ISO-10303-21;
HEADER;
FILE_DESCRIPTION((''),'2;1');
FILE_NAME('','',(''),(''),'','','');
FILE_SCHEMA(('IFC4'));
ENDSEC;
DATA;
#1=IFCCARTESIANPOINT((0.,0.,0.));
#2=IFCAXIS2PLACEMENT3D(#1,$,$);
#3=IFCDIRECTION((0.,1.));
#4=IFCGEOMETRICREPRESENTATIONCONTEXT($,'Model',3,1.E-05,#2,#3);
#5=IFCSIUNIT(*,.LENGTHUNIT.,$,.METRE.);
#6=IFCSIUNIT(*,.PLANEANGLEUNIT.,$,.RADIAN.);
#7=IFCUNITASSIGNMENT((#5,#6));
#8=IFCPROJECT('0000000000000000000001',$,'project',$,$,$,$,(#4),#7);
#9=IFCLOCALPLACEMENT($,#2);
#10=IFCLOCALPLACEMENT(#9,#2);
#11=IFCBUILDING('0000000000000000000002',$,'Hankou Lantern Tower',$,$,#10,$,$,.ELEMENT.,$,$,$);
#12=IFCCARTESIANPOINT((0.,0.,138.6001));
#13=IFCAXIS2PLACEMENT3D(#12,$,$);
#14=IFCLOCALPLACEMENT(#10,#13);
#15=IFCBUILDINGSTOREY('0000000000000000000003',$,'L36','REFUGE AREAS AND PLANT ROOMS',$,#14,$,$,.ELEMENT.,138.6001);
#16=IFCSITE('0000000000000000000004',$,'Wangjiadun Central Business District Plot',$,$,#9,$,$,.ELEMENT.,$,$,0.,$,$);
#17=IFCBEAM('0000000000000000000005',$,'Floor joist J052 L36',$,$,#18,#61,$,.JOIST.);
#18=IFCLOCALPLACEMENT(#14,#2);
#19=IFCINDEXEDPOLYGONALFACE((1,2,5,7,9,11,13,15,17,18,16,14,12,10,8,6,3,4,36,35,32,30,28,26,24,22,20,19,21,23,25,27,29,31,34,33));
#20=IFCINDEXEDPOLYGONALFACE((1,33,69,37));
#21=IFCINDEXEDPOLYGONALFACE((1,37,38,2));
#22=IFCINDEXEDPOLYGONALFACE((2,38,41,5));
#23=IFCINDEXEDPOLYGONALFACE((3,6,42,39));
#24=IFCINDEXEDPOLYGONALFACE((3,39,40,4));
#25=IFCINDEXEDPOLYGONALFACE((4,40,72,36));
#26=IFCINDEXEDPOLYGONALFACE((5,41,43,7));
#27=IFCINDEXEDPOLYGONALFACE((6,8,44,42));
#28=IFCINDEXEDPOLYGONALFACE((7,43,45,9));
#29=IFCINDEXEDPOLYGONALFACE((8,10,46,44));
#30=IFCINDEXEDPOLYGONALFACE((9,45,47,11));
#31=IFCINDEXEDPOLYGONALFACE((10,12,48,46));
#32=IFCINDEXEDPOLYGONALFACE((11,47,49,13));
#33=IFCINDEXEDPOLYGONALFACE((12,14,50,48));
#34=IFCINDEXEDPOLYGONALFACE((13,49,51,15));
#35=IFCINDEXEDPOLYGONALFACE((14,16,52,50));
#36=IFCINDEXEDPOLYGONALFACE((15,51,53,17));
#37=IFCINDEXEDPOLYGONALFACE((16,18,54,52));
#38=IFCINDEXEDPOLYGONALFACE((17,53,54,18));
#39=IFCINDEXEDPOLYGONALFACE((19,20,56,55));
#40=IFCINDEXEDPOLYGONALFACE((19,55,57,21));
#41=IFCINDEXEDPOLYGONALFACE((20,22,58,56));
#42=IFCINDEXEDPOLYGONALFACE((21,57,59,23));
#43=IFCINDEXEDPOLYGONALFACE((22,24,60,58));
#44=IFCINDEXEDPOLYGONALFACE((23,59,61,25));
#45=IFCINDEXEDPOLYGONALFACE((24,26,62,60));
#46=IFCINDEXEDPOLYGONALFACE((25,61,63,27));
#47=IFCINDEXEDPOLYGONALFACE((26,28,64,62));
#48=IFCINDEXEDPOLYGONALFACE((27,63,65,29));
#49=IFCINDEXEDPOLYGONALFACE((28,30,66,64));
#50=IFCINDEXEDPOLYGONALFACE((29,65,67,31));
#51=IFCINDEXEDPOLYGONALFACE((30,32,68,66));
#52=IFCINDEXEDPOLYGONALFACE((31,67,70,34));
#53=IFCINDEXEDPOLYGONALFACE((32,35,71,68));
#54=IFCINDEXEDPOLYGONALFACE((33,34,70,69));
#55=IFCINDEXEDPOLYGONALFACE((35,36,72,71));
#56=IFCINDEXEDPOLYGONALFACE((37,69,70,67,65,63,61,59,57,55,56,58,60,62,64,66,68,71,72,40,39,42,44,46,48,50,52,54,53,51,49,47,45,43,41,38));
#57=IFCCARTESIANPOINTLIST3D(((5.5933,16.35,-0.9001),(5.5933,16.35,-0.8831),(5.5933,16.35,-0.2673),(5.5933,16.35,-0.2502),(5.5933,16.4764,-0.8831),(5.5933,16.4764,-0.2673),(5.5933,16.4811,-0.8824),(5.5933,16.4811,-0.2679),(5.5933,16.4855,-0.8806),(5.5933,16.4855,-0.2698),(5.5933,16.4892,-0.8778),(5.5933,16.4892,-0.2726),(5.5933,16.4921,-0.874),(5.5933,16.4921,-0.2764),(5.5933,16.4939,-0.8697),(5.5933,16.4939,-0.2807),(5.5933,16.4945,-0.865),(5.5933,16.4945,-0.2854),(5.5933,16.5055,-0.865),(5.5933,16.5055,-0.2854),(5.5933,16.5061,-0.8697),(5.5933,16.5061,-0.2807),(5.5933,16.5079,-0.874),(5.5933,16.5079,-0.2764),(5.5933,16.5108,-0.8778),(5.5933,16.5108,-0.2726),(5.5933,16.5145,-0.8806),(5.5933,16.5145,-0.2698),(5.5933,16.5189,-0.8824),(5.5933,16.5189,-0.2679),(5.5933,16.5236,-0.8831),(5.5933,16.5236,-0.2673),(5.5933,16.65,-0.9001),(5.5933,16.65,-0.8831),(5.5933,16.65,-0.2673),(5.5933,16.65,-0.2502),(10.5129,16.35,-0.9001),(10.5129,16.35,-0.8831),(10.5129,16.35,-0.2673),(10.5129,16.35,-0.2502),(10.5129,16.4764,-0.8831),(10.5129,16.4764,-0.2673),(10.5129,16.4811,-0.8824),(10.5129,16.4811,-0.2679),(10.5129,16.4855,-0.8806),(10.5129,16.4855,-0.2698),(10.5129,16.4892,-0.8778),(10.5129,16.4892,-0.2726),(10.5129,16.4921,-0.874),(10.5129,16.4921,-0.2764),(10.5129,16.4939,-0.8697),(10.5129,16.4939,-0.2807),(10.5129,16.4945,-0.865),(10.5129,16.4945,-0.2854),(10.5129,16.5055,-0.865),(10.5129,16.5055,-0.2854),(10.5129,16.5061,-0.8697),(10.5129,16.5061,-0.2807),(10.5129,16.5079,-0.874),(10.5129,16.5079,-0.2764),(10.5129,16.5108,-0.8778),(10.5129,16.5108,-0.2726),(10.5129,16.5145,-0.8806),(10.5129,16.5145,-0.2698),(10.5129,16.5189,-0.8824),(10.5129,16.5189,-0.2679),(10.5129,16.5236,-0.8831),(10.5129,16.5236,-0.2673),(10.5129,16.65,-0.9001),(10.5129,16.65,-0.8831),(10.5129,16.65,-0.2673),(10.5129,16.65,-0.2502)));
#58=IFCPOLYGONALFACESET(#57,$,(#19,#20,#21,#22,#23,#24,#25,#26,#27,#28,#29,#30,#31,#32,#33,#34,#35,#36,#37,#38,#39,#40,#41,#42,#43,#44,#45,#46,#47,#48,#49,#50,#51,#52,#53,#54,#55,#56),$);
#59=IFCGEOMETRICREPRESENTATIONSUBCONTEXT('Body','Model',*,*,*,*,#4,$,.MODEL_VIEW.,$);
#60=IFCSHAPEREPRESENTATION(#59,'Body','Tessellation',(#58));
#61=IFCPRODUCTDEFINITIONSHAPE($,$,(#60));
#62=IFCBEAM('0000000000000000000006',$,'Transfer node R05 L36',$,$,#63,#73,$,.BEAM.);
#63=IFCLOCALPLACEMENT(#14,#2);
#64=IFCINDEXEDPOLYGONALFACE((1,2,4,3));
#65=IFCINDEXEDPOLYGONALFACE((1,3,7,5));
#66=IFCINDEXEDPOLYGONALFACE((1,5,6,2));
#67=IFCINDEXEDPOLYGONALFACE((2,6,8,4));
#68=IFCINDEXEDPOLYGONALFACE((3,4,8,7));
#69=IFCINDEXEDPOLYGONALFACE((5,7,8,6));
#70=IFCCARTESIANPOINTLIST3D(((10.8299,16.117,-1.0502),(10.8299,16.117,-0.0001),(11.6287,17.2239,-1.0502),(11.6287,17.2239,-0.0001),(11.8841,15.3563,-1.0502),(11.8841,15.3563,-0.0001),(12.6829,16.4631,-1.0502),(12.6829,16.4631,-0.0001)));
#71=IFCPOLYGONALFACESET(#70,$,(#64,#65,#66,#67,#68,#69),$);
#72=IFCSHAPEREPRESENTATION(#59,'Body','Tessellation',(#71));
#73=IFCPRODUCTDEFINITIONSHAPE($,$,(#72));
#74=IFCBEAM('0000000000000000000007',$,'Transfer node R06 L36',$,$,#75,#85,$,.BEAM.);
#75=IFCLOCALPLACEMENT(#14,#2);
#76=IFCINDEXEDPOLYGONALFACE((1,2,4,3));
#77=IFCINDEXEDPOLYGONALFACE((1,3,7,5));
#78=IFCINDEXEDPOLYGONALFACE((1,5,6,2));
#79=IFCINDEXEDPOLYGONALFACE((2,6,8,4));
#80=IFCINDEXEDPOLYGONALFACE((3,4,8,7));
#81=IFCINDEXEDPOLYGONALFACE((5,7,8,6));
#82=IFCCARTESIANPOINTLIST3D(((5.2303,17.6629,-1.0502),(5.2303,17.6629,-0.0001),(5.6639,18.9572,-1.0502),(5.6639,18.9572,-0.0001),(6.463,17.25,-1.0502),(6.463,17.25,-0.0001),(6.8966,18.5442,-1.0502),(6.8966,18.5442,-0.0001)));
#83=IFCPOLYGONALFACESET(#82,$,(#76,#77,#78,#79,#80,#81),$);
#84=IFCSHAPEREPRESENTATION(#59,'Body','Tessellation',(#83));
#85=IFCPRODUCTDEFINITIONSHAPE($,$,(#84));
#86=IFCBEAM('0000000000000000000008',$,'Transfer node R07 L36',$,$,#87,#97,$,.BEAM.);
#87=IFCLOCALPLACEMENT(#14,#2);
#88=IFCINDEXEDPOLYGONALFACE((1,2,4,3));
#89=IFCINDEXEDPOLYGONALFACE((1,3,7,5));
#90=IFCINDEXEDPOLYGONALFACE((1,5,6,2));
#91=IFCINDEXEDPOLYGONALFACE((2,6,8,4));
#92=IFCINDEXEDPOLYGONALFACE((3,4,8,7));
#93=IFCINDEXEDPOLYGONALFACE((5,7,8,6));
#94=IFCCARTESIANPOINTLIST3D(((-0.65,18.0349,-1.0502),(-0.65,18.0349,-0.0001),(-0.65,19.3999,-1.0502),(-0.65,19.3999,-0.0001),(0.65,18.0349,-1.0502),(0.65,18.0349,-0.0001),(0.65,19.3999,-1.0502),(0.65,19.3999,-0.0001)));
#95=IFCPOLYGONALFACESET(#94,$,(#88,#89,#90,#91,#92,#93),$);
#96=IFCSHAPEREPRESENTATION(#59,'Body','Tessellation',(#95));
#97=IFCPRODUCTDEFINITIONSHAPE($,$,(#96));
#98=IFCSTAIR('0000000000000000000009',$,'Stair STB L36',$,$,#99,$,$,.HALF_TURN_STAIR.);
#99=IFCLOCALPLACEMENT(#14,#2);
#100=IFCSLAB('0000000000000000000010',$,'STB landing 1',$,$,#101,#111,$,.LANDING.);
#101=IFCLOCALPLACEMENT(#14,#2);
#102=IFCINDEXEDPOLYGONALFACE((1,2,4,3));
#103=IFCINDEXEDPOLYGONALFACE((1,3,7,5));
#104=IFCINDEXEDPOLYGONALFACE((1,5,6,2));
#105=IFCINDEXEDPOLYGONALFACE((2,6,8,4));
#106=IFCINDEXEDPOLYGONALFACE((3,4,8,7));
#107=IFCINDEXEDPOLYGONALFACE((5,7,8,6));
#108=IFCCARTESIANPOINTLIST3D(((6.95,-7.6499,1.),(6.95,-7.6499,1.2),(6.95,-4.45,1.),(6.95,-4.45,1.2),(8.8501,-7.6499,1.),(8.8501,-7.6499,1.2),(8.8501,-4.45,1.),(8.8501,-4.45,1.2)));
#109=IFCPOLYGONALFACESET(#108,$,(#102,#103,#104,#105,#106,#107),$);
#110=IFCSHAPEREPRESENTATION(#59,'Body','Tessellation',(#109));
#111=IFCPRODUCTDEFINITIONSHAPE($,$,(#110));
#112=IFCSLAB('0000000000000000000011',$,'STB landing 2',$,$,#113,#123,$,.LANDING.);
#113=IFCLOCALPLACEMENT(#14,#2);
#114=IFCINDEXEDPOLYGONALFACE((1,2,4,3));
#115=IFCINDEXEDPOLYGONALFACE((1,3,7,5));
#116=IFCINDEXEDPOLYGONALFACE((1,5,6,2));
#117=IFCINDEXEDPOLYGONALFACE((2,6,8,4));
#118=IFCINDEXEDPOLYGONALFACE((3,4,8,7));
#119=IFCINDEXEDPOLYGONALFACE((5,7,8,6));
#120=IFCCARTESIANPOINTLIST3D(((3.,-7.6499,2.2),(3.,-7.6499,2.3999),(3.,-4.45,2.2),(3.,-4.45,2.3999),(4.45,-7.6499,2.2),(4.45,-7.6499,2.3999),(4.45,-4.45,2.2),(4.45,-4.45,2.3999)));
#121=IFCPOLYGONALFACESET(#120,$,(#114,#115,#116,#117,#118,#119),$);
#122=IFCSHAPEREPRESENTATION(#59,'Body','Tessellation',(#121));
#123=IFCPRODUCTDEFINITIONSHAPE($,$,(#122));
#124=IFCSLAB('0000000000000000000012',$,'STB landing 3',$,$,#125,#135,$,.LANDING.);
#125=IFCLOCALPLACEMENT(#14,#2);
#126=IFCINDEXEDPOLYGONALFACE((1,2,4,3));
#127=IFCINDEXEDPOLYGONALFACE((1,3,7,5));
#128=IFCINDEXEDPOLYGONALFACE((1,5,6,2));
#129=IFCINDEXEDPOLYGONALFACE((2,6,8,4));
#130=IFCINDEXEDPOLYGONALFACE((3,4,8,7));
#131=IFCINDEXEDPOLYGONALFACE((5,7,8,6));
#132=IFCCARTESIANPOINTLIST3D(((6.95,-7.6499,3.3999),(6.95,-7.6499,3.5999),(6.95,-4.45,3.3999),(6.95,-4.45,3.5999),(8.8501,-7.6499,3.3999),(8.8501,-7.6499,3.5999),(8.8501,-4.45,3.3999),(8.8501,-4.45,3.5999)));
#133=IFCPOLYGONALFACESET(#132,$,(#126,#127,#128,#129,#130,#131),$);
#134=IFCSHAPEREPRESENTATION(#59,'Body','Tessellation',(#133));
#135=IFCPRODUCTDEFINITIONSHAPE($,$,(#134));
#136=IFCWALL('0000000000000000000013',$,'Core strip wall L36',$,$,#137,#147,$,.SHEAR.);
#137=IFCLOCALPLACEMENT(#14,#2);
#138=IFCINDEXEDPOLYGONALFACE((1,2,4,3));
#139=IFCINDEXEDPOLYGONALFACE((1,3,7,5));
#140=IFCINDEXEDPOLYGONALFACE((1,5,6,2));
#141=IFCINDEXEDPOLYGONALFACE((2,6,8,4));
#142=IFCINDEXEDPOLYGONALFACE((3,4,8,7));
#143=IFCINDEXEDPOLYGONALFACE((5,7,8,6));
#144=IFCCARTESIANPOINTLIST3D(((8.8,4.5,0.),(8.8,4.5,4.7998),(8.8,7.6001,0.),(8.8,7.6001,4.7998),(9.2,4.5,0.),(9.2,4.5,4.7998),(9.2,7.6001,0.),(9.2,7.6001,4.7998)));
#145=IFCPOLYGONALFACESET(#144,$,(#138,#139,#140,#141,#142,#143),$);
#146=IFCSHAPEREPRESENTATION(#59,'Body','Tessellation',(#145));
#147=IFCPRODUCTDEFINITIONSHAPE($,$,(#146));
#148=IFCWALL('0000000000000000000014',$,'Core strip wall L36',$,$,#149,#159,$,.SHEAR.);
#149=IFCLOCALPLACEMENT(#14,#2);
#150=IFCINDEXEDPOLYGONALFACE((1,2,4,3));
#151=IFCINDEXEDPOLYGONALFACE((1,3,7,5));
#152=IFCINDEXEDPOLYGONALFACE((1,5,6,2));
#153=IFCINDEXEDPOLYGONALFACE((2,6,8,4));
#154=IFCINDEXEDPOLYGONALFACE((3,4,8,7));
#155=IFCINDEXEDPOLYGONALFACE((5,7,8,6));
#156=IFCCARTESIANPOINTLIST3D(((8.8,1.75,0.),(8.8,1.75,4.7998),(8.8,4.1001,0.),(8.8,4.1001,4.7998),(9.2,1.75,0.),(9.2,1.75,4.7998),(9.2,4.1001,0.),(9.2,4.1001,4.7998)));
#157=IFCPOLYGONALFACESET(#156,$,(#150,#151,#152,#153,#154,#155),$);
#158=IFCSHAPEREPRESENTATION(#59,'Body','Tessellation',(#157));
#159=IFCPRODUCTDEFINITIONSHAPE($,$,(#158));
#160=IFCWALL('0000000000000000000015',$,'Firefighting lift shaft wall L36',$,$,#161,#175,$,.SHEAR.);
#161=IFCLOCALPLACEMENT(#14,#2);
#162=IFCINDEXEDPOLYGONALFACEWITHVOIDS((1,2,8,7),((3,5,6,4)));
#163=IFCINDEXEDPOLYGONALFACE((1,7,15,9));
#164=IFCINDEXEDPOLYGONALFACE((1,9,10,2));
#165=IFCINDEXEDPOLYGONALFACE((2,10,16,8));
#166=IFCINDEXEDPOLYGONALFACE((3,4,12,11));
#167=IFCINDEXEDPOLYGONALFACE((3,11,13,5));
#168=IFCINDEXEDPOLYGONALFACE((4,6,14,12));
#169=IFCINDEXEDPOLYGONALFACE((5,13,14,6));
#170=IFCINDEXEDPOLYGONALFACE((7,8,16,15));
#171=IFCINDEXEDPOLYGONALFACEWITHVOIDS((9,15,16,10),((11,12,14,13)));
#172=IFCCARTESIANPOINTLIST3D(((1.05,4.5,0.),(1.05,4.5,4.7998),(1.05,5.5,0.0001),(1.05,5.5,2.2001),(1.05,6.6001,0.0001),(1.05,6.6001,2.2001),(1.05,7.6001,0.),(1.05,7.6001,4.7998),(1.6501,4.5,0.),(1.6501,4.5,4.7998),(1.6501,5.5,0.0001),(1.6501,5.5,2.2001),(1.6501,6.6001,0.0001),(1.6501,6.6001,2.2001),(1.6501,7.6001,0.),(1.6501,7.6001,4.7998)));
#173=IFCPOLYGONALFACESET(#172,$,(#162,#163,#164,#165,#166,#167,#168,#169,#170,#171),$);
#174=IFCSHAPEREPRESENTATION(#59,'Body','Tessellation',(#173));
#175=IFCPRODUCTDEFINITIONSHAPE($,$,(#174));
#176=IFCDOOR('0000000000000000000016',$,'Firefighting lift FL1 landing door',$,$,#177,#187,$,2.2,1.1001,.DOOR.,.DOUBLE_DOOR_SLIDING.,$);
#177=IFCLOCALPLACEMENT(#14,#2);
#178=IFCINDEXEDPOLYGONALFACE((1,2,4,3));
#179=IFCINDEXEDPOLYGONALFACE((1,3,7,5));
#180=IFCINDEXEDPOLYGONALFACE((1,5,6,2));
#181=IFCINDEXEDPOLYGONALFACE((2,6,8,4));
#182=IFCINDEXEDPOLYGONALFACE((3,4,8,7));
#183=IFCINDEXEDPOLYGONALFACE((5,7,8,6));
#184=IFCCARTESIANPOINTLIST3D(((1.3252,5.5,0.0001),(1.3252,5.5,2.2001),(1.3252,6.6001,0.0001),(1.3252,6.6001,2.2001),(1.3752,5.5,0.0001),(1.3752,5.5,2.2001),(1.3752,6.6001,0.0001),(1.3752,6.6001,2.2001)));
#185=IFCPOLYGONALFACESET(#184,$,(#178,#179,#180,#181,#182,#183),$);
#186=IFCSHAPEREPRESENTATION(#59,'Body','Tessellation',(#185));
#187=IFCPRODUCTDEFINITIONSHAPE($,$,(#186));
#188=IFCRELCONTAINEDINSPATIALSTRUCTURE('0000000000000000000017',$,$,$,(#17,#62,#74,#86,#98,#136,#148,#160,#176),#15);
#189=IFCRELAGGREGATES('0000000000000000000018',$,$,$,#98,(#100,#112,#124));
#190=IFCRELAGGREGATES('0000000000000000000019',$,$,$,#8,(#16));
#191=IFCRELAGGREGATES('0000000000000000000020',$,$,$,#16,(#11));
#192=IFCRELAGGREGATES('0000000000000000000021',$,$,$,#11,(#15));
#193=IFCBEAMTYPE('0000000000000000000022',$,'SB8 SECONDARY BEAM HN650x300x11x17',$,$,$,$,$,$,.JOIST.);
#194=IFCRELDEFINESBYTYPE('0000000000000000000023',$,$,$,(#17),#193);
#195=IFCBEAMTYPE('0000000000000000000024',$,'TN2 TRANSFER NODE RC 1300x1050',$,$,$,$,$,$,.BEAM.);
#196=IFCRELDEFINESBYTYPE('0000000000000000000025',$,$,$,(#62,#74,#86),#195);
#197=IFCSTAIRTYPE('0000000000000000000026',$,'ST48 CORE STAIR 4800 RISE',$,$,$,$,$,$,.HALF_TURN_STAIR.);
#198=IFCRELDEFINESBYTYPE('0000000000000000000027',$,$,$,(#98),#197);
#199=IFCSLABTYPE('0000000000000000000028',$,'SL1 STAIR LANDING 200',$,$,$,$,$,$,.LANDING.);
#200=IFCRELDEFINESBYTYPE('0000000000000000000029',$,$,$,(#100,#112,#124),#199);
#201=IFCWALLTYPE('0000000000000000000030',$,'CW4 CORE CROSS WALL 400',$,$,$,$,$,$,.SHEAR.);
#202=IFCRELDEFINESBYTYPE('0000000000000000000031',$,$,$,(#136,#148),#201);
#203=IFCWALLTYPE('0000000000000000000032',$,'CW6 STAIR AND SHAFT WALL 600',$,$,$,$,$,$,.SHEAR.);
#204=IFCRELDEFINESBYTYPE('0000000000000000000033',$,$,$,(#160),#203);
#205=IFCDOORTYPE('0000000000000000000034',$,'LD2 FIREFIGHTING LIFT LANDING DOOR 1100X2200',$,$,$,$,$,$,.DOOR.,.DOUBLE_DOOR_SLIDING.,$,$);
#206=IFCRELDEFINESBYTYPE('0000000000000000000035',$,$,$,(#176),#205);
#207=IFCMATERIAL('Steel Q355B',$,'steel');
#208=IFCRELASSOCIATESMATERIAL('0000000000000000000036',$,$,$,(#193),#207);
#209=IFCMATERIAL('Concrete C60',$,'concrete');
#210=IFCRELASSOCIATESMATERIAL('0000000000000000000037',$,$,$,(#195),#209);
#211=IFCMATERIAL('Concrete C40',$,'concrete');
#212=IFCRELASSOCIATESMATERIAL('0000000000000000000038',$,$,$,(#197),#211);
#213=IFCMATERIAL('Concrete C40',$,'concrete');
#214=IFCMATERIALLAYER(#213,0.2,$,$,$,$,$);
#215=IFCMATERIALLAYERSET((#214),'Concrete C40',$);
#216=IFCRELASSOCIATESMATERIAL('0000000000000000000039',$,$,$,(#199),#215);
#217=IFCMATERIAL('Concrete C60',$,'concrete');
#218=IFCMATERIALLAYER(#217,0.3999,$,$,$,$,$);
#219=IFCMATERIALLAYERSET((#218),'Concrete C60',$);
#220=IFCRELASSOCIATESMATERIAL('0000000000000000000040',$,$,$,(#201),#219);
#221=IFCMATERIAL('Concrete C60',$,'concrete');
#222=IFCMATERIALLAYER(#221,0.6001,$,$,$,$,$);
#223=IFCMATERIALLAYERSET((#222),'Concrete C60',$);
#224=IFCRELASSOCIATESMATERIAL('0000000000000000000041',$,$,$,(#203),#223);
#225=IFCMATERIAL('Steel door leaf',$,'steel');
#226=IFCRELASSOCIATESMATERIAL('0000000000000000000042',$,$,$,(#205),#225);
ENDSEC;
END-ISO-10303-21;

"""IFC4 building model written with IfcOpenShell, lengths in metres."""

from ifc_helpers import new_model, si_unit, direction, frame, frame_2d, origin, origin_2d, place, context, subcontext, project, spatial, polyline, rectangle, i_section, outline, extrude, material, layer, layer_set, material_profile, profile_set, type_object, element, fill, aggregate, save


model = new_model("IFC4")

# Units and contexts
model_context = context("Model", 3, precision=1e-05, world=origin(), true_north=direction((0.0, 1.0)))
body_context = subcontext(model_context, "Body", "Model", "MODEL_VIEW")
ifc_project = project(units=[si_unit("LENGTHUNIT", "METRE"), si_unit("PLANEANGLEUNIT", "RADIAN")], contexts=[model_context])

# Site, building, storey
site_placement = place(None, origin())
site = spatial("IfcSite", under=ifc_project, at=site_placement, Name="Wangjiadun Central Business District Plot", CompositionType="ELEMENT", RefElevation=0.0)
building_placement = place(site_placement, origin())
building = spatial("IfcBuilding", under=site, at=building_placement, Name="Hankou Lantern Tower", CompositionType="ELEMENT")
storey_placement = place(building_placement, frame((0.0, 0.0, 138.6001)))
storey = spatial("IfcBuildingStorey", under=building, at=storey_placement, Name="L36", Description="REFUGE AREAS AND PLANT ROOMS", CompositionType="ELEMENT", Elevation=138.6001)

# Beams
ifc_material_1 = material(Name="Steel Q355B", Category="steel")
ifc_material_profile_1 = material_profile(ifc_material_1, i_section(OverallWidth=0.3, OverallDepth=0.6499, WebThickness=0.011, FlangeThickness=0.0171, FilletRadius=0.0181, at=origin_2d()), Name="HN650x300x11x17")
ifc_profile_set_1 = profile_set([ifc_material_profile_1], Name="Steel Q355B")
beam_type_1 = type_object("IfcBeamType", Name="SB8 SECONDARY BEAM HN650x300x11x17", PredefinedType="JOIST", material=ifc_profile_set_1)
beam_1_placement = place(storey_placement, frame((5.5933, 16.5, -0.5752), z_axis=(1.0, 0.0, 0.0), x_axis=(0.0, 1.0, 0.0)))
element("IfcBeam", 1, at=beam_1_placement, inside=storey, type_object=beam_type_1, Name="Floor joist J052 L36", PredefinedType="JOIST", context=body_context, shape_type="SweptSolid", body=[
    extrude(i_section(OverallWidth=0.3, OverallDepth=0.6499, WebThickness=0.011, FlangeThickness=0.0171, FilletRadius=0.0181, at=origin_2d()), origin(), (0.0, 0.0, 1.0), 4.9197),
])
ifc_material_2 = material(Name="Concrete C60", Category="concrete")
ifc_material_profile_2 = material_profile(ifc_material_2, rectangle(XDim=1.3, YDim=1.05, at=origin_2d()), Name="RC 1300x1050")
ifc_profile_set_2 = profile_set([ifc_material_profile_2], Name="Concrete C60")
beam_type_2 = type_object("IfcBeamType", Name="TN2 TRANSFER NODE RC 1300x1050", PredefinedType="BEAM", material=ifc_profile_set_2)
for number, where, z_axis, x_axis, name in (
    (2, (12.1558, 16.8435, -0.5251), (-0.58519, -0.810896, 0.0), (0.810896, -0.58519, 0.0), "Transfer node R05 L36"),
    (3, (6.2803, 18.7507, -0.5251), (-0.317676, -0.948199, 0.0), (0.948199, -0.317676, 0.0), "Transfer node R06 L36"),
    (4, (0.0, 19.3999, -0.5251), (0.0, -1.0, 0.0), (1.0, 0.0, 0.0), "Transfer node R07 L36"),
):
    element("IfcBeam", number, at=place(storey_placement, frame(where, z_axis=z_axis, x_axis=x_axis)), inside=storey, type_object=beam_type_2, Name=name, PredefinedType="BEAM", context=body_context, shape_type="SweptSolid", body=[
        extrude(rectangle(XDim=1.3, YDim=1.05, at=origin_2d()), origin(), (0.0, 0.0, 1.0), 1.365),
    ])

# Stair, slabs
ifc_material_3 = material(Name="Concrete C40", Category="concrete")
stair_type = type_object("IfcStairType", Name="ST48 CORE STAIR 4800 RISE", PredefinedType="HALF_TURN_STAIR", material=ifc_material_3)
stair_placement = place(storey_placement, origin())
stair = element("IfcStair", 5, at=stair_placement, inside=storey, type_object=stair_type, Name="Stair STB L36", PredefinedType="HALF_TURN_STAIR")
ifc_material_4 = material(Name="Concrete C40", Category="concrete")
ifc_layer_1 = layer(ifc_material_4, 0.2)
ifc_layer_set_1 = layer_set([ifc_layer_1], Name="Concrete C40")
slab_type = type_object("IfcSlabType", Name="SL1 STAIR LANDING 200", PredefinedType="LANDING", material=ifc_layer_set_1)
slab_1_placement = place(storey_placement, frame((0.0, 0.0, 1.0)))
slab_1 = element("IfcSlab", 6, at=slab_1_placement, type_object=slab_type, Name="STB landing 1", PredefinedType="LANDING", context=body_context, shape_type="SweptSolid", body=[
    extrude(outline(polyline([(8.8501, -4.45), (6.95, -4.45), (6.95, -7.6499), (8.8501, -7.6499), (8.8501, -4.45)])), origin(), (0.0, 0.0, 1.0), 0.2),
])
slab_2_placement = place(storey_placement, frame((0.0, 0.0, 2.2)))
slab_2 = element("IfcSlab", 7, at=slab_2_placement, type_object=slab_type, Name="STB landing 2", PredefinedType="LANDING", context=body_context, shape_type="SweptSolid", body=[
    extrude(outline(polyline([(4.45, -4.45), (3.0, -4.45), (3.0, -7.6499), (4.45, -7.6499), (4.45, -4.45)])), origin(), (0.0, 0.0, 1.0), 0.2),
])
slab_3_placement = place(storey_placement, frame((0.0, 0.0, 3.3999)))
slab_3 = element("IfcSlab", 8, at=slab_3_placement, type_object=slab_type, Name="STB landing 3", PredefinedType="LANDING", context=body_context, shape_type="SweptSolid", body=[
    extrude(outline(polyline([(8.8501, -4.45), (6.95, -4.45), (6.95, -7.6499), (8.8501, -7.6499), (8.8501, -4.45)])), origin(), (0.0, 0.0, 1.0), 0.2),
])
aggregate(stair, [slab_1, slab_2, slab_3])

# Walls
ifc_material_5 = material(Name="Concrete C60", Category="concrete")
ifc_layer_2 = layer(ifc_material_5, 0.3999)
ifc_layer_set_2 = layer_set([ifc_layer_2], Name="Concrete C60")
wall_type_1 = type_object("IfcWallType", Name="CW4 CORE CROSS WALL 400", PredefinedType="SHEAR", material=ifc_layer_set_2)
wall_1_placement = place(storey_placement, frame((9.0, 4.5, 0.0), z_axis=(0.0, 0.0, 1.0), x_axis=(0.0, 1.0, 0.0)))
element("IfcWall", 9, at=wall_1_placement, inside=storey, type_object=wall_type_1, Name="Core strip wall L36", PredefinedType="SHEAR", context=body_context, shape_type="SweptSolid", body=[
    extrude(rectangle(XDim=3.1001, YDim=0.3999, at=frame_2d((1.55, 0.0))), origin(), (0.0, 0.0, 1.0), 4.7998),
])
wall_2_placement = place(storey_placement, frame((9.0, 1.75, 0.0), z_axis=(0.0, 0.0, 1.0), x_axis=(0.0, 1.0, 0.0)))
element("IfcWall", 10, at=wall_2_placement, inside=storey, type_object=wall_type_1, Name="Core strip wall L36", PredefinedType="SHEAR", context=body_context, shape_type="SweptSolid", body=[
    extrude(rectangle(XDim=2.3501, YDim=0.3999, at=frame_2d((1.175, 0.0))), origin(), (0.0, 0.0, 1.0), 4.7998),
])

# Wall, opening, door
ifc_material_6 = material(Name="Concrete C60", Category="concrete")
ifc_layer_3 = layer(ifc_material_6, 0.6001)
ifc_layer_set_3 = layer_set([ifc_layer_3], Name="Concrete C60")
wall_type_2 = type_object("IfcWallType", Name="CW6 STAIR AND SHAFT WALL 600", PredefinedType="SHEAR", material=ifc_layer_set_3)
wall_3_placement = place(storey_placement, frame((1.3501, 4.5, 0.0), z_axis=(0.0, 0.0, 1.0), x_axis=(0.0, 1.0, 0.0)))
wall_3 = element("IfcWall", 11, at=wall_3_placement, inside=storey, type_object=wall_type_2, Name="Firefighting lift shaft wall L36", PredefinedType="SHEAR", context=body_context, shape_type="SweptSolid", body=[
    extrude(rectangle(XDim=3.1001, YDim=0.6001, at=frame_2d((1.55, 0.0))), origin(), (0.0, 0.0, 1.0), 4.7998),
])
opening_placement = place(wall_3_placement, frame((1.0, 0.0, 0.0)))
opening = element("IfcOpeningElement", 12, at=opening_placement, cuts=wall_3, PredefinedType="OPENING", context=body_context, shape_type="SweptSolid", body=[
    extrude(rectangle(XDim=1.1001, YDim=2.2, at=frame_2d((0.55, 1.1001))), frame((0.0, 0.3101, 0.0), z_axis=(0.0, -1.0, 0.0), x_axis=(1.0, 0.0, 0.0)), (0.0, 0.0, 1.0), 0.6201),
])
ifc_material_7 = material(Name="Steel door leaf", Category="steel")
door_type = type_object("IfcDoorType", Name="LD2 FIREFIGHTING LIFT LANDING DOOR 1100X2200", OperationType="DOUBLE_DOOR_SLIDING", PredefinedType="DOOR", material=ifc_material_7)
door_placement = place(opening_placement, origin())
door = element("IfcDoor", 13, at=door_placement, inside=storey, type_object=door_type, Name="Firefighting lift FL1 landing door", OperationType="DOUBLE_DOOR_SLIDING", OverallHeight=2.2, OverallWidth=1.1001, PredefinedType="DOOR", context=body_context, shape_type="SweptSolid", body=[
    extrude(rectangle(XDim=1.1001, YDim=2.2, at=frame_2d((0.55, 1.1001))), frame((0.0, 0.0249, 0.0), z_axis=(0.0, -1.0, 0.0), x_axis=(1.0, 0.0, 0.0)), (0.0, 0.0, 1.0), 0.05),
])
fill(opening, door)

save(model, "model.ifc")
